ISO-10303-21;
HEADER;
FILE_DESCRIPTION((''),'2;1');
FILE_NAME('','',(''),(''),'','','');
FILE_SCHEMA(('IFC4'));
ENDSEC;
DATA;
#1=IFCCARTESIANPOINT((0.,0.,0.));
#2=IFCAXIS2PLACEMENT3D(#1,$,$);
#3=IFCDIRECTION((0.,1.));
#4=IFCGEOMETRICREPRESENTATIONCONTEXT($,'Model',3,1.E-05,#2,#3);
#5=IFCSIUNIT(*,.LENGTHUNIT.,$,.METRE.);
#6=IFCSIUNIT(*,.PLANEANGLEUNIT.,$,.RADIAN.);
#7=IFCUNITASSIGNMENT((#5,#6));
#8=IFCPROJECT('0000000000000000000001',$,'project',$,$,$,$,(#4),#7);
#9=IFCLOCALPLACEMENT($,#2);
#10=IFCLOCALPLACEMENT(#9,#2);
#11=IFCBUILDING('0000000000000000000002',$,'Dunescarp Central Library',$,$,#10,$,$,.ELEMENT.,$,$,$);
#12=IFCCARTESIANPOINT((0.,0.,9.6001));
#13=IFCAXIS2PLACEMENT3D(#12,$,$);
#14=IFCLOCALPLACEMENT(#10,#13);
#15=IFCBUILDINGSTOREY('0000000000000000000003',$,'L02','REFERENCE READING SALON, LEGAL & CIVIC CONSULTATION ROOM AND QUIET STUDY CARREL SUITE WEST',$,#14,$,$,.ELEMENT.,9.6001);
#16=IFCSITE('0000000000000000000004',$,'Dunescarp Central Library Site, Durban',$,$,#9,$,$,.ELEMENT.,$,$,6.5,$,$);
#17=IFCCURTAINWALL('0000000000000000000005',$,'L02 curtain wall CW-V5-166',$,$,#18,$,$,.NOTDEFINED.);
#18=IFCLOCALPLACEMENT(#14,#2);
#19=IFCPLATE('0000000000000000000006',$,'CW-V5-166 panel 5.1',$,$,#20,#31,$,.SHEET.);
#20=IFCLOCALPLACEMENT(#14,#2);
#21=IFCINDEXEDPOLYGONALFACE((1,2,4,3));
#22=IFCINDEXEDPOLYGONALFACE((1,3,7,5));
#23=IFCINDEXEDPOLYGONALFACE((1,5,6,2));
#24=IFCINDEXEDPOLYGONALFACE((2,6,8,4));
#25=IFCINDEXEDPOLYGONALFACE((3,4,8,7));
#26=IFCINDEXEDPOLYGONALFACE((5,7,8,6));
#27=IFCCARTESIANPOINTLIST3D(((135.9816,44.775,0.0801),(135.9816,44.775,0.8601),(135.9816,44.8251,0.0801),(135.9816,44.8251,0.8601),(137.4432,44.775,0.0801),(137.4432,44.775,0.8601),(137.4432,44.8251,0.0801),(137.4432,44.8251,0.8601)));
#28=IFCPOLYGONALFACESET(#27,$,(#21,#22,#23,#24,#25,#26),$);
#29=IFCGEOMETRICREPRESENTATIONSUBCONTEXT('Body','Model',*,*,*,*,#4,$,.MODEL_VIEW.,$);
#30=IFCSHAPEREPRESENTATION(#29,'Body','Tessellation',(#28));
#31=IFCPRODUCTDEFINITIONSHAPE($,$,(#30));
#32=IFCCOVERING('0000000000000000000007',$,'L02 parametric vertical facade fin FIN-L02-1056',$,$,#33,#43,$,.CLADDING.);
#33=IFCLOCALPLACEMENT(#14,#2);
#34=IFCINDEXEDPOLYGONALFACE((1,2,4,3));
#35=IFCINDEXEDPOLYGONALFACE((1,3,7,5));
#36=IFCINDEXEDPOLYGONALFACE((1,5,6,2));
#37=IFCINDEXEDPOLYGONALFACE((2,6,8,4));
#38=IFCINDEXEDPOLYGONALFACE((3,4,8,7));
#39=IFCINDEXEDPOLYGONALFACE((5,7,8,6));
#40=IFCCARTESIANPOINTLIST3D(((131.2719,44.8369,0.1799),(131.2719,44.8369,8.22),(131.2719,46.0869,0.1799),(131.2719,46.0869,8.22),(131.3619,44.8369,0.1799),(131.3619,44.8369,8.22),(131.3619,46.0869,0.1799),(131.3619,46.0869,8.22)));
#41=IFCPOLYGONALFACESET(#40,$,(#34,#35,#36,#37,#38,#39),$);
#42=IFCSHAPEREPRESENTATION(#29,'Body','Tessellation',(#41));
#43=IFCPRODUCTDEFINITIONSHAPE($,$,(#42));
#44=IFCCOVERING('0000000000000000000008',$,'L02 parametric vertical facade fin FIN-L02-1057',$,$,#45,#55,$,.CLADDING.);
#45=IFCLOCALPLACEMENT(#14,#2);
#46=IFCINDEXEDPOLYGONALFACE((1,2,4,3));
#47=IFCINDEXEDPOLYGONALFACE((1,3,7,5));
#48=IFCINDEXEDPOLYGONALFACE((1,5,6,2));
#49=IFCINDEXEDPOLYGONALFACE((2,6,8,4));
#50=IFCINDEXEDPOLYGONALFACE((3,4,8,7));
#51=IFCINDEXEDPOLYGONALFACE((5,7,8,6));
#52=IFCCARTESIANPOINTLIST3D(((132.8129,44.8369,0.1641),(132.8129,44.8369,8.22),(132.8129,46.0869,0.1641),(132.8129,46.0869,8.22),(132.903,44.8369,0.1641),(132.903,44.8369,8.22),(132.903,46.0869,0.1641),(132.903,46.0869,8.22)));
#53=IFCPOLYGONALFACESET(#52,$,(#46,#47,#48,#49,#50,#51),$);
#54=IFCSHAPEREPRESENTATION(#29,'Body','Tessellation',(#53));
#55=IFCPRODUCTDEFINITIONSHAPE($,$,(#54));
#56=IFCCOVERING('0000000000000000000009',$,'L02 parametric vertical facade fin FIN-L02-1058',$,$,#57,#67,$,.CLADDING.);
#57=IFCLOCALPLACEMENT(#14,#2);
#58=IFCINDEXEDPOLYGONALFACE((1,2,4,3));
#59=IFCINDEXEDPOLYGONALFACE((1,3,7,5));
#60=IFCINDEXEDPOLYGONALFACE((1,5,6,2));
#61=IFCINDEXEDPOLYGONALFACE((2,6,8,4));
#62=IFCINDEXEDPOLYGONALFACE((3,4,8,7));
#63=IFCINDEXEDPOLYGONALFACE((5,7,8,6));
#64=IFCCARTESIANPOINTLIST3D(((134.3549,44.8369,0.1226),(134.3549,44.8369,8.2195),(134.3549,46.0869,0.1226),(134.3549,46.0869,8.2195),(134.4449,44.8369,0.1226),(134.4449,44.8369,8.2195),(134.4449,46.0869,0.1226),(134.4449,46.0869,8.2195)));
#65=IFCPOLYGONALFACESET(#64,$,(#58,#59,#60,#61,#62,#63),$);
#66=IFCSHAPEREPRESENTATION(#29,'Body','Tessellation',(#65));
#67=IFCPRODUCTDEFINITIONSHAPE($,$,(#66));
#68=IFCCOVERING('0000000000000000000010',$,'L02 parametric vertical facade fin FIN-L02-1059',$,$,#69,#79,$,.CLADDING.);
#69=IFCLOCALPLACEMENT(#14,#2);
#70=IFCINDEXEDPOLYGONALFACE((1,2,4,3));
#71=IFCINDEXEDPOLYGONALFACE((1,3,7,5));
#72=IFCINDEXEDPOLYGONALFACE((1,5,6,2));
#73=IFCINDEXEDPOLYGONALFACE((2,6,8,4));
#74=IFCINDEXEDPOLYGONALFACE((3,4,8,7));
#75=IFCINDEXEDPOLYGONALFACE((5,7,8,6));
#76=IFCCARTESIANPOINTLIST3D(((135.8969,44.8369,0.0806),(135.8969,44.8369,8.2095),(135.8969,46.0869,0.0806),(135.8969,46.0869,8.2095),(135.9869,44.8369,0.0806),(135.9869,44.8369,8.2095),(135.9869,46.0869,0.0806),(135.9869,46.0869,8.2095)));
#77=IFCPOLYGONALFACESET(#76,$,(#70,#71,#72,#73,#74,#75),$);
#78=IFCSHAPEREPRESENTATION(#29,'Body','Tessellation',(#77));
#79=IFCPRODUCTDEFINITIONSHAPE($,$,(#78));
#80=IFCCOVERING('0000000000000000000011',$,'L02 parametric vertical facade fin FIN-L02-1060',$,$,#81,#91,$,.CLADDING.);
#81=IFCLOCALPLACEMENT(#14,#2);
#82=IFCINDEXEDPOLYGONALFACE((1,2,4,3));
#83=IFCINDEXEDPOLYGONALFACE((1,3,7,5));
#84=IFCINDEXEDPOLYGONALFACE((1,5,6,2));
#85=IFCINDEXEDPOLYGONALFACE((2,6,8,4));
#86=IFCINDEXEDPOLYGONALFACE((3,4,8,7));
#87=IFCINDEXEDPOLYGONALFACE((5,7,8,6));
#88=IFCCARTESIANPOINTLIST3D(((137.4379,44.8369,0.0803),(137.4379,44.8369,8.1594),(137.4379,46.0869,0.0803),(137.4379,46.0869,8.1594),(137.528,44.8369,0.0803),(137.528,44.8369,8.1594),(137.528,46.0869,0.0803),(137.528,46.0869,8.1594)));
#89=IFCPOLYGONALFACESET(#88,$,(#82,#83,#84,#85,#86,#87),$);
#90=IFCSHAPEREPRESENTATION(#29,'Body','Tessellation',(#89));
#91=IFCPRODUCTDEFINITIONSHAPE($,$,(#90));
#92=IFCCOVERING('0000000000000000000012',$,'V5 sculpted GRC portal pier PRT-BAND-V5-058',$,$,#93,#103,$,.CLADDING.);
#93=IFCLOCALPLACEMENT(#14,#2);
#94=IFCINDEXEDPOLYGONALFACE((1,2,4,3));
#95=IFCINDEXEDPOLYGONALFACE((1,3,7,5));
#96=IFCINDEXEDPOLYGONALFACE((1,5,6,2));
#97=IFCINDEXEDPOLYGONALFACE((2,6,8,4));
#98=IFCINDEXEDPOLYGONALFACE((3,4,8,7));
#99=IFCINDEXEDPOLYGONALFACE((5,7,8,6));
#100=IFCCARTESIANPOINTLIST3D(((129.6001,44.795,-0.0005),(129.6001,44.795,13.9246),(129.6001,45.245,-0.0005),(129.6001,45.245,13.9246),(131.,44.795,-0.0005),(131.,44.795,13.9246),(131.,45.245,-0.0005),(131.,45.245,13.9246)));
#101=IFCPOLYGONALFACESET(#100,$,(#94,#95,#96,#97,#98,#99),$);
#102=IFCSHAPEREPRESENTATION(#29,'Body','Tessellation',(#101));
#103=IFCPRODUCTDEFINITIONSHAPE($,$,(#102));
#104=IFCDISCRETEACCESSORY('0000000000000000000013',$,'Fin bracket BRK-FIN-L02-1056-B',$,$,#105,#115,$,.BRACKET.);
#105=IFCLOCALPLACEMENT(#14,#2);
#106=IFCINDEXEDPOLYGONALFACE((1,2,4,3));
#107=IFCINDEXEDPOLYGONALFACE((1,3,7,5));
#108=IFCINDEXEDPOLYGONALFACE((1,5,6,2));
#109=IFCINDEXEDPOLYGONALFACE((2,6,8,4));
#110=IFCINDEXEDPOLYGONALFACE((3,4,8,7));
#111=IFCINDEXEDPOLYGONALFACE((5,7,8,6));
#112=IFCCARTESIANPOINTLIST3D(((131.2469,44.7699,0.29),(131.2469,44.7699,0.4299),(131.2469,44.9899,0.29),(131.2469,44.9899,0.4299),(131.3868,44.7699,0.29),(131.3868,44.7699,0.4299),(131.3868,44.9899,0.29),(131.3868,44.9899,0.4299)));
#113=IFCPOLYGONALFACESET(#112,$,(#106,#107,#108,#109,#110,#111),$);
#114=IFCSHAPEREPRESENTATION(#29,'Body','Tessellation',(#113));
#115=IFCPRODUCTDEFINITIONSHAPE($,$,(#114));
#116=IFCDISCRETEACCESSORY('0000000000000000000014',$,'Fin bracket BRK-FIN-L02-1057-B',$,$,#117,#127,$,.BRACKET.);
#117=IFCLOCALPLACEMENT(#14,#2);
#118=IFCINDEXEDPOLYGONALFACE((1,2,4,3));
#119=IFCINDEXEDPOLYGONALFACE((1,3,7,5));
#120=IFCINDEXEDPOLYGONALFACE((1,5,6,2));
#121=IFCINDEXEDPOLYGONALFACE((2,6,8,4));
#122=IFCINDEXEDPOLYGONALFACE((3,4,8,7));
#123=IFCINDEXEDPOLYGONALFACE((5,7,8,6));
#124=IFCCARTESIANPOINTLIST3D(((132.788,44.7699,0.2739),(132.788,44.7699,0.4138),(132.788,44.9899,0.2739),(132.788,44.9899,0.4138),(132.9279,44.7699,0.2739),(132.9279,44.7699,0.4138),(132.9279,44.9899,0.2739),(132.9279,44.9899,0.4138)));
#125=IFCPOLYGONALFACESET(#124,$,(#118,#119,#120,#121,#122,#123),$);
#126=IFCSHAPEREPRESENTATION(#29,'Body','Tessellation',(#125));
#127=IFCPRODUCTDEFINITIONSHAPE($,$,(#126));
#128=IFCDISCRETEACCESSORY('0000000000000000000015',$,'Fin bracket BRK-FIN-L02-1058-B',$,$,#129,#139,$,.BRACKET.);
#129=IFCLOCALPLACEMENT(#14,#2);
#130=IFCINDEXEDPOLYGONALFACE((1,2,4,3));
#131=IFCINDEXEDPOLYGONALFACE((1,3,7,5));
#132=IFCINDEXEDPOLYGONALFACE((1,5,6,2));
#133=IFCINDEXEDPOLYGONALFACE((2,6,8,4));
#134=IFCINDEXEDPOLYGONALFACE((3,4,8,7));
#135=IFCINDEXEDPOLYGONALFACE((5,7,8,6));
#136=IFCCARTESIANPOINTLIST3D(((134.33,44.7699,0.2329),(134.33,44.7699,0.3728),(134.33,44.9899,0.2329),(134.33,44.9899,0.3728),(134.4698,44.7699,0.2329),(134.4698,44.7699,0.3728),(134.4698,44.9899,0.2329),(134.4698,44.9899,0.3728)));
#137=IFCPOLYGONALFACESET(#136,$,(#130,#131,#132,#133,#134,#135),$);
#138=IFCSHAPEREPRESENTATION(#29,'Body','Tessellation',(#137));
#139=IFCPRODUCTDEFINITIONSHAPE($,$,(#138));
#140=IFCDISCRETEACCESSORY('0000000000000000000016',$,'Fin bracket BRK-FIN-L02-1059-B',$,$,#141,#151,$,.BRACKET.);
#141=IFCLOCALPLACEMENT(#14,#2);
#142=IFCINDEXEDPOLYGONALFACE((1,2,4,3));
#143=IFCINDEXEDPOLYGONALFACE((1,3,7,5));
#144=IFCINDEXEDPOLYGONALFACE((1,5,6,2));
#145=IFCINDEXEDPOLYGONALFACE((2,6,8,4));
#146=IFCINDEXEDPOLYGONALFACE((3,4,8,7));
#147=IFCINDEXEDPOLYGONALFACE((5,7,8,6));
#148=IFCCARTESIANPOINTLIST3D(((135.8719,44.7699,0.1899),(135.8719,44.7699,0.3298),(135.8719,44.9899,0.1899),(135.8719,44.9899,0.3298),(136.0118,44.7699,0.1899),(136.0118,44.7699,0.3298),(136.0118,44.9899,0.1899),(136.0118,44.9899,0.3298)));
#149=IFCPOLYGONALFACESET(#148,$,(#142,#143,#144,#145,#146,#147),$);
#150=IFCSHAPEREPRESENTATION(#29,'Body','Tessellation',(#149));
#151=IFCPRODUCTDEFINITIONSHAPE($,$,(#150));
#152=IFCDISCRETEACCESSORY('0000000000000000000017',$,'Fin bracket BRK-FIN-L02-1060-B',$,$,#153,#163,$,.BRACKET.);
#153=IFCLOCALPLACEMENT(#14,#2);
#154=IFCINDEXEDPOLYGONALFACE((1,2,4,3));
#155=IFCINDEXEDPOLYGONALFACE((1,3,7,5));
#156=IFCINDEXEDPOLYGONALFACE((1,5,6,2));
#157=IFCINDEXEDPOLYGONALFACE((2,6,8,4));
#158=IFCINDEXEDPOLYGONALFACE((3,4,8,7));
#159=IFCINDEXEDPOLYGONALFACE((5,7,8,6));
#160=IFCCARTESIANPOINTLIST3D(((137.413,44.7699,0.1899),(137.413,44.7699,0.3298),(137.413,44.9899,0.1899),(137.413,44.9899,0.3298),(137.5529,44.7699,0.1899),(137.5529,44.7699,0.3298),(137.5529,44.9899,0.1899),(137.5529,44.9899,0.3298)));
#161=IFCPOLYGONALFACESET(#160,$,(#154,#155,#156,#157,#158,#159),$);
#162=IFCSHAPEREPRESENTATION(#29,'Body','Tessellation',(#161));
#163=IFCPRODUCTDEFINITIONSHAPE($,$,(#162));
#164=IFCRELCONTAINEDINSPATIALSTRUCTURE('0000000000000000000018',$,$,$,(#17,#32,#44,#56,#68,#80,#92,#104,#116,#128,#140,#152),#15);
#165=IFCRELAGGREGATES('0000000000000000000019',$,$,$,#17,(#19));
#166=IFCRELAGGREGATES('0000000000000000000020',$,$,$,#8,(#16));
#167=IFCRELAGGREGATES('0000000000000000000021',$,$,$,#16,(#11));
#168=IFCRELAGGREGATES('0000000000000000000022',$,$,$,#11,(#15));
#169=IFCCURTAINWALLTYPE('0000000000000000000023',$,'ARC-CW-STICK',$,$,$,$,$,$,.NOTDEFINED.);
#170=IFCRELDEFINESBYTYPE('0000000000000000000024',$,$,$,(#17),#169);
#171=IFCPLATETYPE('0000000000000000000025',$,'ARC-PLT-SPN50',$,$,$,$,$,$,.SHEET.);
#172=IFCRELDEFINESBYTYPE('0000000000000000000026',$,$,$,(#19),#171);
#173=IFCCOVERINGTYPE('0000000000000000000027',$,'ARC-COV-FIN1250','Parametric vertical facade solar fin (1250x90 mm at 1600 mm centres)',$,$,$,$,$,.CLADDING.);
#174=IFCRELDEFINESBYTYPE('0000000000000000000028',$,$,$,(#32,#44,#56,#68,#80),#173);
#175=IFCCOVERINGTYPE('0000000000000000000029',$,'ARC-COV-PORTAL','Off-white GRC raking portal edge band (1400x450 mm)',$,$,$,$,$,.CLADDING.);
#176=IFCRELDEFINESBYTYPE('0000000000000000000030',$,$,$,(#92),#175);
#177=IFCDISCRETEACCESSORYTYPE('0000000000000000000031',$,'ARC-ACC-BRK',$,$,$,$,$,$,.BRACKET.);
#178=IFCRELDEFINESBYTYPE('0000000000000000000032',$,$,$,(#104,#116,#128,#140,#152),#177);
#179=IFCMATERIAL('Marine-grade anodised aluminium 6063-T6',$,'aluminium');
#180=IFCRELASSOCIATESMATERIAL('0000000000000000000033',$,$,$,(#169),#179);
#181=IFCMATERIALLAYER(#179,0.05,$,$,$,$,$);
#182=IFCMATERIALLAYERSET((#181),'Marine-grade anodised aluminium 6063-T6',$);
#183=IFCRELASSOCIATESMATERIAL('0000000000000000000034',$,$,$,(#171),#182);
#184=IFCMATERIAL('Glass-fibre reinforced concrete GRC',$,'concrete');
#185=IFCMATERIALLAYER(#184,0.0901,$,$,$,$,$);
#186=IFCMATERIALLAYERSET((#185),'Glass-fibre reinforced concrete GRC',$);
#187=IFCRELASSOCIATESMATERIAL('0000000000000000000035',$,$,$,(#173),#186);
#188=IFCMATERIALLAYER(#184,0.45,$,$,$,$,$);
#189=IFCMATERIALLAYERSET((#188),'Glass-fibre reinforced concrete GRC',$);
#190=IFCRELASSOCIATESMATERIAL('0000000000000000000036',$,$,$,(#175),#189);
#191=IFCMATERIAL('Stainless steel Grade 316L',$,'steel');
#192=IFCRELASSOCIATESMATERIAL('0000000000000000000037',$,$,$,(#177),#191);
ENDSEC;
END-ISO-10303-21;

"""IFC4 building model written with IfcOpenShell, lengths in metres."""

from ifc_helpers import new_model, si_unit, direction, frame, origin, origin_2d, place, context, subcontext, project, spatial, rectangle, extrude, material, layer, layer_set, type_object, element, aggregate, save


model = new_model("IFC4")

# Units and contexts
model_context = context("Model", 3, precision=1e-05, world=origin(), true_north=direction((0.0, 1.0)))
body_context = subcontext(model_context, "Body", "Model", "MODEL_VIEW")
ifc_project = project(units=[si_unit("LENGTHUNIT", "METRE"), si_unit("PLANEANGLEUNIT", "RADIAN")], contexts=[model_context])

# Site, building, storey
site_placement = place(None, origin())
site = spatial("IfcSite", under=ifc_project, at=site_placement, Name="Dunescarp Central Library Site, Durban", CompositionType="ELEMENT", RefElevation=6.5)
building_placement = place(site_placement, origin())
building = spatial("IfcBuilding", under=site, at=building_placement, Name="Dunescarp Central Library", CompositionType="ELEMENT")
storey_placement = place(building_placement, frame((0.0, 0.0, 9.6001)))
storey = spatial("IfcBuildingStorey", under=building, at=storey_placement, Name="L02", Description="REFERENCE READING SALON, LEGAL & CIVIC CONSULTATION ROOM AND QUIET STUDY CARREL SUITE WEST", CompositionType="ELEMENT", Elevation=9.6001)

# Curtain wall, plate
ifc_material_1 = material(Name="Marine-grade anodised aluminium 6063-T6", Category="aluminium")
curtain_wall_type = type_object("IfcCurtainWallType", Name="ARC-CW-STICK", PredefinedType="NOTDEFINED", material=ifc_material_1)
curtain_wall_placement = place(storey_placement, origin())
curtain_wall = element("IfcCurtainWall", 1, at=curtain_wall_placement, inside=storey, type_object=curtain_wall_type, Name="L02 curtain wall CW-V5-166", PredefinedType="NOTDEFINED")
ifc_layer_1 = layer(ifc_material_1, 0.05)
ifc_layer_set_1 = layer_set([ifc_layer_1], Name="Marine-grade anodised aluminium 6063-T6")
plate_type = type_object("IfcPlateType", Name="ARC-PLT-SPN50", PredefinedType="SHEET", material=ifc_layer_set_1)
plate_1_placement = place(storey_placement, frame((136.7124, 44.8, 0.0801), z_axis=(0.0, 0.0, 1.0), x_axis=(1.0, 0.0, 0.0)))
plate_1 = element("IfcPlate", 2, at=plate_1_placement, type_object=plate_type, Name="CW-V5-166 panel 5.1", PredefinedType="SHEET", context=body_context, shape_type="SweptSolid", body=[
    extrude(rectangle(XDim=1.4617, YDim=0.05, at=origin_2d()), origin(), (0.0, 0.0, 1.0), 0.78),
])
aggregate(curtain_wall, [plate_1])

# Coverings
ifc_material_2 = material(Name="Glass-fibre reinforced concrete GRC", Category="concrete")
ifc_layer_2 = layer(ifc_material_2, 0.0901)
ifc_layer_set_2 = layer_set([ifc_layer_2], Name="Glass-fibre reinforced concrete GRC")
covering_type_1 = type_object("IfcCoveringType", Name="ARC-COV-FIN1250", Description="Parametric vertical facade solar fin (1250x90 mm at 1600 mm centres)", PredefinedType="CLADDING", material=ifc_layer_set_2)
covering_1_placement = place(storey_placement, frame((131.3169, 45.4619, 0.1799), z_axis=(0.0, 0.0, 1.0), x_axis=(0.0, 1.0, 0.0)))
element("IfcCovering", 3, at=covering_1_placement, inside=storey, type_object=covering_type_1, Name="L02 parametric vertical facade fin FIN-L02-1056", PredefinedType="CLADDING", context=body_context, shape_type="SweptSolid", body=[
    extrude(rectangle(XDim=1.25, YDim=0.0901, at=origin_2d()), origin(), (0.0, 0.0, 1.0), 8.04),
])
covering_2_placement = place(storey_placement, frame((132.8579, 45.4619, 0.1641), z_axis=(0.0, 0.0, 1.0), x_axis=(0.0, 1.0, 0.0)))
element("IfcCovering", 4, at=covering_2_placement, inside=storey, type_object=covering_type_1, Name="L02 parametric vertical facade fin FIN-L02-1057", PredefinedType="CLADDING", context=body_context, shape_type="SweptSolid", body=[
    extrude(rectangle(XDim=1.25, YDim=0.0901, at=origin_2d()), origin(), (0.0, 0.0, 1.0), 8.0559),
])
covering_3_placement = place(storey_placement, frame((134.3999, 45.4619, 0.1226), z_axis=(0.0, 0.0, 1.0), x_axis=(0.0, 1.0, 0.0)))
element("IfcCovering", 5, at=covering_3_placement, inside=storey, type_object=covering_type_1, Name="L02 parametric vertical facade fin FIN-L02-1058", PredefinedType="CLADDING", context=body_context, shape_type="SweptSolid", body=[
    extrude(rectangle(XDim=1.25, YDim=0.0901, at=origin_2d()), origin(), (0.0, 0.0, 1.0), 8.0969),
])
covering_4_placement = place(storey_placement, frame((135.9419, 45.4619, 0.0806), z_axis=(0.0, 0.0, 1.0), x_axis=(0.0, 1.0, 0.0)))
element("IfcCovering", 6, at=covering_4_placement, inside=storey, type_object=covering_type_1, Name="L02 parametric vertical facade fin FIN-L02-1059", PredefinedType="CLADDING", context=body_context, shape_type="SweptSolid", body=[
    extrude(rectangle(XDim=1.25, YDim=0.0901, at=origin_2d()), origin(), (0.0, 0.0, 1.0), 8.1289),
])
covering_5_placement = place(storey_placement, frame((137.4829, 45.4619, 0.0803), z_axis=(0.0, 0.0, 1.0), x_axis=(0.0, 1.0, 0.0)))
element("IfcCovering", 7, at=covering_5_placement, inside=storey, type_object=covering_type_1, Name="L02 parametric vertical facade fin FIN-L02-1060", PredefinedType="CLADDING", context=body_context, shape_type="SweptSolid", body=[
    extrude(rectangle(XDim=1.25, YDim=0.0901, at=origin_2d()), origin(), (0.0, 0.0, 1.0), 8.0791),
])
ifc_layer_3 = layer(ifc_material_2, 0.45)
ifc_layer_set_3 = layer_set([ifc_layer_3], Name="Glass-fibre reinforced concrete GRC")
covering_type_2 = type_object("IfcCoveringType", Name="ARC-COV-PORTAL", Description="Off-white GRC raking portal edge band (1400x450 mm)", PredefinedType="CLADDING", material=ifc_layer_set_3)
covering_6_placement = place(storey_placement, frame((130.3, 45.02, -0.0005), z_axis=(0.0, 0.0, 1.0), x_axis=(1.0, 0.0, 0.0)))
element("IfcCovering", 8, at=covering_6_placement, inside=storey, type_object=covering_type_2, Name="V5 sculpted GRC portal pier PRT-BAND-V5-058", PredefinedType="CLADDING", context=body_context, shape_type="SweptSolid", body=[
    extrude(rectangle(XDim=1.3999, YDim=0.45, at=origin_2d()), origin(), (0.0, 0.0, 1.0), 13.925),
])

# Discrete accessories
ifc_material_3 = material(Name="Stainless steel Grade 316L", Category="steel")
discrete_accessory_type = type_object("IfcDiscreteAccessoryType", Name="ARC-ACC-BRK", PredefinedType="BRACKET", material=ifc_material_3)
for number, where, z_axis, x_axis, name in (
    (9, (131.3169, 44.8799, 0.29), (0.0, 0.0, 1.0), (0.0, 1.0, 0.0), "Fin bracket BRK-FIN-L02-1056-B"),
    (10, (132.8579, 44.8799, 0.2739), (0.0, 0.0, 1.0), (0.0, 1.0, 0.0), "Fin bracket BRK-FIN-L02-1057-B"),
    (11, (134.3999, 44.8799, 0.2329), (0.0, 0.0, 1.0), (0.0, 1.0, 0.0), "Fin bracket BRK-FIN-L02-1058-B"),
    (12, (135.9419, 44.8799, 0.1899), (0.0, 0.0, 1.0), (0.0, 1.0, 0.0), "Fin bracket BRK-FIN-L02-1059-B"),
    (13, (137.4829, 44.8799, 0.1899), (0.0, 0.0, 1.0), (0.0, 1.0, 0.0), "Fin bracket BRK-FIN-L02-1060-B"),
):
    element("IfcDiscreteAccessory", number, at=place(storey_placement, frame(where, z_axis=z_axis, x_axis=x_axis)), inside=storey, type_object=discrete_accessory_type, Name=name, PredefinedType="BRACKET", context=body_context, shape_type="SweptSolid", body=[
        extrude(rectangle(XDim=0.22, YDim=0.1399, at=origin_2d()), origin(), (0.0, 0.0, 1.0), 0.1399),
    ])

save(model, "model.ifc")
